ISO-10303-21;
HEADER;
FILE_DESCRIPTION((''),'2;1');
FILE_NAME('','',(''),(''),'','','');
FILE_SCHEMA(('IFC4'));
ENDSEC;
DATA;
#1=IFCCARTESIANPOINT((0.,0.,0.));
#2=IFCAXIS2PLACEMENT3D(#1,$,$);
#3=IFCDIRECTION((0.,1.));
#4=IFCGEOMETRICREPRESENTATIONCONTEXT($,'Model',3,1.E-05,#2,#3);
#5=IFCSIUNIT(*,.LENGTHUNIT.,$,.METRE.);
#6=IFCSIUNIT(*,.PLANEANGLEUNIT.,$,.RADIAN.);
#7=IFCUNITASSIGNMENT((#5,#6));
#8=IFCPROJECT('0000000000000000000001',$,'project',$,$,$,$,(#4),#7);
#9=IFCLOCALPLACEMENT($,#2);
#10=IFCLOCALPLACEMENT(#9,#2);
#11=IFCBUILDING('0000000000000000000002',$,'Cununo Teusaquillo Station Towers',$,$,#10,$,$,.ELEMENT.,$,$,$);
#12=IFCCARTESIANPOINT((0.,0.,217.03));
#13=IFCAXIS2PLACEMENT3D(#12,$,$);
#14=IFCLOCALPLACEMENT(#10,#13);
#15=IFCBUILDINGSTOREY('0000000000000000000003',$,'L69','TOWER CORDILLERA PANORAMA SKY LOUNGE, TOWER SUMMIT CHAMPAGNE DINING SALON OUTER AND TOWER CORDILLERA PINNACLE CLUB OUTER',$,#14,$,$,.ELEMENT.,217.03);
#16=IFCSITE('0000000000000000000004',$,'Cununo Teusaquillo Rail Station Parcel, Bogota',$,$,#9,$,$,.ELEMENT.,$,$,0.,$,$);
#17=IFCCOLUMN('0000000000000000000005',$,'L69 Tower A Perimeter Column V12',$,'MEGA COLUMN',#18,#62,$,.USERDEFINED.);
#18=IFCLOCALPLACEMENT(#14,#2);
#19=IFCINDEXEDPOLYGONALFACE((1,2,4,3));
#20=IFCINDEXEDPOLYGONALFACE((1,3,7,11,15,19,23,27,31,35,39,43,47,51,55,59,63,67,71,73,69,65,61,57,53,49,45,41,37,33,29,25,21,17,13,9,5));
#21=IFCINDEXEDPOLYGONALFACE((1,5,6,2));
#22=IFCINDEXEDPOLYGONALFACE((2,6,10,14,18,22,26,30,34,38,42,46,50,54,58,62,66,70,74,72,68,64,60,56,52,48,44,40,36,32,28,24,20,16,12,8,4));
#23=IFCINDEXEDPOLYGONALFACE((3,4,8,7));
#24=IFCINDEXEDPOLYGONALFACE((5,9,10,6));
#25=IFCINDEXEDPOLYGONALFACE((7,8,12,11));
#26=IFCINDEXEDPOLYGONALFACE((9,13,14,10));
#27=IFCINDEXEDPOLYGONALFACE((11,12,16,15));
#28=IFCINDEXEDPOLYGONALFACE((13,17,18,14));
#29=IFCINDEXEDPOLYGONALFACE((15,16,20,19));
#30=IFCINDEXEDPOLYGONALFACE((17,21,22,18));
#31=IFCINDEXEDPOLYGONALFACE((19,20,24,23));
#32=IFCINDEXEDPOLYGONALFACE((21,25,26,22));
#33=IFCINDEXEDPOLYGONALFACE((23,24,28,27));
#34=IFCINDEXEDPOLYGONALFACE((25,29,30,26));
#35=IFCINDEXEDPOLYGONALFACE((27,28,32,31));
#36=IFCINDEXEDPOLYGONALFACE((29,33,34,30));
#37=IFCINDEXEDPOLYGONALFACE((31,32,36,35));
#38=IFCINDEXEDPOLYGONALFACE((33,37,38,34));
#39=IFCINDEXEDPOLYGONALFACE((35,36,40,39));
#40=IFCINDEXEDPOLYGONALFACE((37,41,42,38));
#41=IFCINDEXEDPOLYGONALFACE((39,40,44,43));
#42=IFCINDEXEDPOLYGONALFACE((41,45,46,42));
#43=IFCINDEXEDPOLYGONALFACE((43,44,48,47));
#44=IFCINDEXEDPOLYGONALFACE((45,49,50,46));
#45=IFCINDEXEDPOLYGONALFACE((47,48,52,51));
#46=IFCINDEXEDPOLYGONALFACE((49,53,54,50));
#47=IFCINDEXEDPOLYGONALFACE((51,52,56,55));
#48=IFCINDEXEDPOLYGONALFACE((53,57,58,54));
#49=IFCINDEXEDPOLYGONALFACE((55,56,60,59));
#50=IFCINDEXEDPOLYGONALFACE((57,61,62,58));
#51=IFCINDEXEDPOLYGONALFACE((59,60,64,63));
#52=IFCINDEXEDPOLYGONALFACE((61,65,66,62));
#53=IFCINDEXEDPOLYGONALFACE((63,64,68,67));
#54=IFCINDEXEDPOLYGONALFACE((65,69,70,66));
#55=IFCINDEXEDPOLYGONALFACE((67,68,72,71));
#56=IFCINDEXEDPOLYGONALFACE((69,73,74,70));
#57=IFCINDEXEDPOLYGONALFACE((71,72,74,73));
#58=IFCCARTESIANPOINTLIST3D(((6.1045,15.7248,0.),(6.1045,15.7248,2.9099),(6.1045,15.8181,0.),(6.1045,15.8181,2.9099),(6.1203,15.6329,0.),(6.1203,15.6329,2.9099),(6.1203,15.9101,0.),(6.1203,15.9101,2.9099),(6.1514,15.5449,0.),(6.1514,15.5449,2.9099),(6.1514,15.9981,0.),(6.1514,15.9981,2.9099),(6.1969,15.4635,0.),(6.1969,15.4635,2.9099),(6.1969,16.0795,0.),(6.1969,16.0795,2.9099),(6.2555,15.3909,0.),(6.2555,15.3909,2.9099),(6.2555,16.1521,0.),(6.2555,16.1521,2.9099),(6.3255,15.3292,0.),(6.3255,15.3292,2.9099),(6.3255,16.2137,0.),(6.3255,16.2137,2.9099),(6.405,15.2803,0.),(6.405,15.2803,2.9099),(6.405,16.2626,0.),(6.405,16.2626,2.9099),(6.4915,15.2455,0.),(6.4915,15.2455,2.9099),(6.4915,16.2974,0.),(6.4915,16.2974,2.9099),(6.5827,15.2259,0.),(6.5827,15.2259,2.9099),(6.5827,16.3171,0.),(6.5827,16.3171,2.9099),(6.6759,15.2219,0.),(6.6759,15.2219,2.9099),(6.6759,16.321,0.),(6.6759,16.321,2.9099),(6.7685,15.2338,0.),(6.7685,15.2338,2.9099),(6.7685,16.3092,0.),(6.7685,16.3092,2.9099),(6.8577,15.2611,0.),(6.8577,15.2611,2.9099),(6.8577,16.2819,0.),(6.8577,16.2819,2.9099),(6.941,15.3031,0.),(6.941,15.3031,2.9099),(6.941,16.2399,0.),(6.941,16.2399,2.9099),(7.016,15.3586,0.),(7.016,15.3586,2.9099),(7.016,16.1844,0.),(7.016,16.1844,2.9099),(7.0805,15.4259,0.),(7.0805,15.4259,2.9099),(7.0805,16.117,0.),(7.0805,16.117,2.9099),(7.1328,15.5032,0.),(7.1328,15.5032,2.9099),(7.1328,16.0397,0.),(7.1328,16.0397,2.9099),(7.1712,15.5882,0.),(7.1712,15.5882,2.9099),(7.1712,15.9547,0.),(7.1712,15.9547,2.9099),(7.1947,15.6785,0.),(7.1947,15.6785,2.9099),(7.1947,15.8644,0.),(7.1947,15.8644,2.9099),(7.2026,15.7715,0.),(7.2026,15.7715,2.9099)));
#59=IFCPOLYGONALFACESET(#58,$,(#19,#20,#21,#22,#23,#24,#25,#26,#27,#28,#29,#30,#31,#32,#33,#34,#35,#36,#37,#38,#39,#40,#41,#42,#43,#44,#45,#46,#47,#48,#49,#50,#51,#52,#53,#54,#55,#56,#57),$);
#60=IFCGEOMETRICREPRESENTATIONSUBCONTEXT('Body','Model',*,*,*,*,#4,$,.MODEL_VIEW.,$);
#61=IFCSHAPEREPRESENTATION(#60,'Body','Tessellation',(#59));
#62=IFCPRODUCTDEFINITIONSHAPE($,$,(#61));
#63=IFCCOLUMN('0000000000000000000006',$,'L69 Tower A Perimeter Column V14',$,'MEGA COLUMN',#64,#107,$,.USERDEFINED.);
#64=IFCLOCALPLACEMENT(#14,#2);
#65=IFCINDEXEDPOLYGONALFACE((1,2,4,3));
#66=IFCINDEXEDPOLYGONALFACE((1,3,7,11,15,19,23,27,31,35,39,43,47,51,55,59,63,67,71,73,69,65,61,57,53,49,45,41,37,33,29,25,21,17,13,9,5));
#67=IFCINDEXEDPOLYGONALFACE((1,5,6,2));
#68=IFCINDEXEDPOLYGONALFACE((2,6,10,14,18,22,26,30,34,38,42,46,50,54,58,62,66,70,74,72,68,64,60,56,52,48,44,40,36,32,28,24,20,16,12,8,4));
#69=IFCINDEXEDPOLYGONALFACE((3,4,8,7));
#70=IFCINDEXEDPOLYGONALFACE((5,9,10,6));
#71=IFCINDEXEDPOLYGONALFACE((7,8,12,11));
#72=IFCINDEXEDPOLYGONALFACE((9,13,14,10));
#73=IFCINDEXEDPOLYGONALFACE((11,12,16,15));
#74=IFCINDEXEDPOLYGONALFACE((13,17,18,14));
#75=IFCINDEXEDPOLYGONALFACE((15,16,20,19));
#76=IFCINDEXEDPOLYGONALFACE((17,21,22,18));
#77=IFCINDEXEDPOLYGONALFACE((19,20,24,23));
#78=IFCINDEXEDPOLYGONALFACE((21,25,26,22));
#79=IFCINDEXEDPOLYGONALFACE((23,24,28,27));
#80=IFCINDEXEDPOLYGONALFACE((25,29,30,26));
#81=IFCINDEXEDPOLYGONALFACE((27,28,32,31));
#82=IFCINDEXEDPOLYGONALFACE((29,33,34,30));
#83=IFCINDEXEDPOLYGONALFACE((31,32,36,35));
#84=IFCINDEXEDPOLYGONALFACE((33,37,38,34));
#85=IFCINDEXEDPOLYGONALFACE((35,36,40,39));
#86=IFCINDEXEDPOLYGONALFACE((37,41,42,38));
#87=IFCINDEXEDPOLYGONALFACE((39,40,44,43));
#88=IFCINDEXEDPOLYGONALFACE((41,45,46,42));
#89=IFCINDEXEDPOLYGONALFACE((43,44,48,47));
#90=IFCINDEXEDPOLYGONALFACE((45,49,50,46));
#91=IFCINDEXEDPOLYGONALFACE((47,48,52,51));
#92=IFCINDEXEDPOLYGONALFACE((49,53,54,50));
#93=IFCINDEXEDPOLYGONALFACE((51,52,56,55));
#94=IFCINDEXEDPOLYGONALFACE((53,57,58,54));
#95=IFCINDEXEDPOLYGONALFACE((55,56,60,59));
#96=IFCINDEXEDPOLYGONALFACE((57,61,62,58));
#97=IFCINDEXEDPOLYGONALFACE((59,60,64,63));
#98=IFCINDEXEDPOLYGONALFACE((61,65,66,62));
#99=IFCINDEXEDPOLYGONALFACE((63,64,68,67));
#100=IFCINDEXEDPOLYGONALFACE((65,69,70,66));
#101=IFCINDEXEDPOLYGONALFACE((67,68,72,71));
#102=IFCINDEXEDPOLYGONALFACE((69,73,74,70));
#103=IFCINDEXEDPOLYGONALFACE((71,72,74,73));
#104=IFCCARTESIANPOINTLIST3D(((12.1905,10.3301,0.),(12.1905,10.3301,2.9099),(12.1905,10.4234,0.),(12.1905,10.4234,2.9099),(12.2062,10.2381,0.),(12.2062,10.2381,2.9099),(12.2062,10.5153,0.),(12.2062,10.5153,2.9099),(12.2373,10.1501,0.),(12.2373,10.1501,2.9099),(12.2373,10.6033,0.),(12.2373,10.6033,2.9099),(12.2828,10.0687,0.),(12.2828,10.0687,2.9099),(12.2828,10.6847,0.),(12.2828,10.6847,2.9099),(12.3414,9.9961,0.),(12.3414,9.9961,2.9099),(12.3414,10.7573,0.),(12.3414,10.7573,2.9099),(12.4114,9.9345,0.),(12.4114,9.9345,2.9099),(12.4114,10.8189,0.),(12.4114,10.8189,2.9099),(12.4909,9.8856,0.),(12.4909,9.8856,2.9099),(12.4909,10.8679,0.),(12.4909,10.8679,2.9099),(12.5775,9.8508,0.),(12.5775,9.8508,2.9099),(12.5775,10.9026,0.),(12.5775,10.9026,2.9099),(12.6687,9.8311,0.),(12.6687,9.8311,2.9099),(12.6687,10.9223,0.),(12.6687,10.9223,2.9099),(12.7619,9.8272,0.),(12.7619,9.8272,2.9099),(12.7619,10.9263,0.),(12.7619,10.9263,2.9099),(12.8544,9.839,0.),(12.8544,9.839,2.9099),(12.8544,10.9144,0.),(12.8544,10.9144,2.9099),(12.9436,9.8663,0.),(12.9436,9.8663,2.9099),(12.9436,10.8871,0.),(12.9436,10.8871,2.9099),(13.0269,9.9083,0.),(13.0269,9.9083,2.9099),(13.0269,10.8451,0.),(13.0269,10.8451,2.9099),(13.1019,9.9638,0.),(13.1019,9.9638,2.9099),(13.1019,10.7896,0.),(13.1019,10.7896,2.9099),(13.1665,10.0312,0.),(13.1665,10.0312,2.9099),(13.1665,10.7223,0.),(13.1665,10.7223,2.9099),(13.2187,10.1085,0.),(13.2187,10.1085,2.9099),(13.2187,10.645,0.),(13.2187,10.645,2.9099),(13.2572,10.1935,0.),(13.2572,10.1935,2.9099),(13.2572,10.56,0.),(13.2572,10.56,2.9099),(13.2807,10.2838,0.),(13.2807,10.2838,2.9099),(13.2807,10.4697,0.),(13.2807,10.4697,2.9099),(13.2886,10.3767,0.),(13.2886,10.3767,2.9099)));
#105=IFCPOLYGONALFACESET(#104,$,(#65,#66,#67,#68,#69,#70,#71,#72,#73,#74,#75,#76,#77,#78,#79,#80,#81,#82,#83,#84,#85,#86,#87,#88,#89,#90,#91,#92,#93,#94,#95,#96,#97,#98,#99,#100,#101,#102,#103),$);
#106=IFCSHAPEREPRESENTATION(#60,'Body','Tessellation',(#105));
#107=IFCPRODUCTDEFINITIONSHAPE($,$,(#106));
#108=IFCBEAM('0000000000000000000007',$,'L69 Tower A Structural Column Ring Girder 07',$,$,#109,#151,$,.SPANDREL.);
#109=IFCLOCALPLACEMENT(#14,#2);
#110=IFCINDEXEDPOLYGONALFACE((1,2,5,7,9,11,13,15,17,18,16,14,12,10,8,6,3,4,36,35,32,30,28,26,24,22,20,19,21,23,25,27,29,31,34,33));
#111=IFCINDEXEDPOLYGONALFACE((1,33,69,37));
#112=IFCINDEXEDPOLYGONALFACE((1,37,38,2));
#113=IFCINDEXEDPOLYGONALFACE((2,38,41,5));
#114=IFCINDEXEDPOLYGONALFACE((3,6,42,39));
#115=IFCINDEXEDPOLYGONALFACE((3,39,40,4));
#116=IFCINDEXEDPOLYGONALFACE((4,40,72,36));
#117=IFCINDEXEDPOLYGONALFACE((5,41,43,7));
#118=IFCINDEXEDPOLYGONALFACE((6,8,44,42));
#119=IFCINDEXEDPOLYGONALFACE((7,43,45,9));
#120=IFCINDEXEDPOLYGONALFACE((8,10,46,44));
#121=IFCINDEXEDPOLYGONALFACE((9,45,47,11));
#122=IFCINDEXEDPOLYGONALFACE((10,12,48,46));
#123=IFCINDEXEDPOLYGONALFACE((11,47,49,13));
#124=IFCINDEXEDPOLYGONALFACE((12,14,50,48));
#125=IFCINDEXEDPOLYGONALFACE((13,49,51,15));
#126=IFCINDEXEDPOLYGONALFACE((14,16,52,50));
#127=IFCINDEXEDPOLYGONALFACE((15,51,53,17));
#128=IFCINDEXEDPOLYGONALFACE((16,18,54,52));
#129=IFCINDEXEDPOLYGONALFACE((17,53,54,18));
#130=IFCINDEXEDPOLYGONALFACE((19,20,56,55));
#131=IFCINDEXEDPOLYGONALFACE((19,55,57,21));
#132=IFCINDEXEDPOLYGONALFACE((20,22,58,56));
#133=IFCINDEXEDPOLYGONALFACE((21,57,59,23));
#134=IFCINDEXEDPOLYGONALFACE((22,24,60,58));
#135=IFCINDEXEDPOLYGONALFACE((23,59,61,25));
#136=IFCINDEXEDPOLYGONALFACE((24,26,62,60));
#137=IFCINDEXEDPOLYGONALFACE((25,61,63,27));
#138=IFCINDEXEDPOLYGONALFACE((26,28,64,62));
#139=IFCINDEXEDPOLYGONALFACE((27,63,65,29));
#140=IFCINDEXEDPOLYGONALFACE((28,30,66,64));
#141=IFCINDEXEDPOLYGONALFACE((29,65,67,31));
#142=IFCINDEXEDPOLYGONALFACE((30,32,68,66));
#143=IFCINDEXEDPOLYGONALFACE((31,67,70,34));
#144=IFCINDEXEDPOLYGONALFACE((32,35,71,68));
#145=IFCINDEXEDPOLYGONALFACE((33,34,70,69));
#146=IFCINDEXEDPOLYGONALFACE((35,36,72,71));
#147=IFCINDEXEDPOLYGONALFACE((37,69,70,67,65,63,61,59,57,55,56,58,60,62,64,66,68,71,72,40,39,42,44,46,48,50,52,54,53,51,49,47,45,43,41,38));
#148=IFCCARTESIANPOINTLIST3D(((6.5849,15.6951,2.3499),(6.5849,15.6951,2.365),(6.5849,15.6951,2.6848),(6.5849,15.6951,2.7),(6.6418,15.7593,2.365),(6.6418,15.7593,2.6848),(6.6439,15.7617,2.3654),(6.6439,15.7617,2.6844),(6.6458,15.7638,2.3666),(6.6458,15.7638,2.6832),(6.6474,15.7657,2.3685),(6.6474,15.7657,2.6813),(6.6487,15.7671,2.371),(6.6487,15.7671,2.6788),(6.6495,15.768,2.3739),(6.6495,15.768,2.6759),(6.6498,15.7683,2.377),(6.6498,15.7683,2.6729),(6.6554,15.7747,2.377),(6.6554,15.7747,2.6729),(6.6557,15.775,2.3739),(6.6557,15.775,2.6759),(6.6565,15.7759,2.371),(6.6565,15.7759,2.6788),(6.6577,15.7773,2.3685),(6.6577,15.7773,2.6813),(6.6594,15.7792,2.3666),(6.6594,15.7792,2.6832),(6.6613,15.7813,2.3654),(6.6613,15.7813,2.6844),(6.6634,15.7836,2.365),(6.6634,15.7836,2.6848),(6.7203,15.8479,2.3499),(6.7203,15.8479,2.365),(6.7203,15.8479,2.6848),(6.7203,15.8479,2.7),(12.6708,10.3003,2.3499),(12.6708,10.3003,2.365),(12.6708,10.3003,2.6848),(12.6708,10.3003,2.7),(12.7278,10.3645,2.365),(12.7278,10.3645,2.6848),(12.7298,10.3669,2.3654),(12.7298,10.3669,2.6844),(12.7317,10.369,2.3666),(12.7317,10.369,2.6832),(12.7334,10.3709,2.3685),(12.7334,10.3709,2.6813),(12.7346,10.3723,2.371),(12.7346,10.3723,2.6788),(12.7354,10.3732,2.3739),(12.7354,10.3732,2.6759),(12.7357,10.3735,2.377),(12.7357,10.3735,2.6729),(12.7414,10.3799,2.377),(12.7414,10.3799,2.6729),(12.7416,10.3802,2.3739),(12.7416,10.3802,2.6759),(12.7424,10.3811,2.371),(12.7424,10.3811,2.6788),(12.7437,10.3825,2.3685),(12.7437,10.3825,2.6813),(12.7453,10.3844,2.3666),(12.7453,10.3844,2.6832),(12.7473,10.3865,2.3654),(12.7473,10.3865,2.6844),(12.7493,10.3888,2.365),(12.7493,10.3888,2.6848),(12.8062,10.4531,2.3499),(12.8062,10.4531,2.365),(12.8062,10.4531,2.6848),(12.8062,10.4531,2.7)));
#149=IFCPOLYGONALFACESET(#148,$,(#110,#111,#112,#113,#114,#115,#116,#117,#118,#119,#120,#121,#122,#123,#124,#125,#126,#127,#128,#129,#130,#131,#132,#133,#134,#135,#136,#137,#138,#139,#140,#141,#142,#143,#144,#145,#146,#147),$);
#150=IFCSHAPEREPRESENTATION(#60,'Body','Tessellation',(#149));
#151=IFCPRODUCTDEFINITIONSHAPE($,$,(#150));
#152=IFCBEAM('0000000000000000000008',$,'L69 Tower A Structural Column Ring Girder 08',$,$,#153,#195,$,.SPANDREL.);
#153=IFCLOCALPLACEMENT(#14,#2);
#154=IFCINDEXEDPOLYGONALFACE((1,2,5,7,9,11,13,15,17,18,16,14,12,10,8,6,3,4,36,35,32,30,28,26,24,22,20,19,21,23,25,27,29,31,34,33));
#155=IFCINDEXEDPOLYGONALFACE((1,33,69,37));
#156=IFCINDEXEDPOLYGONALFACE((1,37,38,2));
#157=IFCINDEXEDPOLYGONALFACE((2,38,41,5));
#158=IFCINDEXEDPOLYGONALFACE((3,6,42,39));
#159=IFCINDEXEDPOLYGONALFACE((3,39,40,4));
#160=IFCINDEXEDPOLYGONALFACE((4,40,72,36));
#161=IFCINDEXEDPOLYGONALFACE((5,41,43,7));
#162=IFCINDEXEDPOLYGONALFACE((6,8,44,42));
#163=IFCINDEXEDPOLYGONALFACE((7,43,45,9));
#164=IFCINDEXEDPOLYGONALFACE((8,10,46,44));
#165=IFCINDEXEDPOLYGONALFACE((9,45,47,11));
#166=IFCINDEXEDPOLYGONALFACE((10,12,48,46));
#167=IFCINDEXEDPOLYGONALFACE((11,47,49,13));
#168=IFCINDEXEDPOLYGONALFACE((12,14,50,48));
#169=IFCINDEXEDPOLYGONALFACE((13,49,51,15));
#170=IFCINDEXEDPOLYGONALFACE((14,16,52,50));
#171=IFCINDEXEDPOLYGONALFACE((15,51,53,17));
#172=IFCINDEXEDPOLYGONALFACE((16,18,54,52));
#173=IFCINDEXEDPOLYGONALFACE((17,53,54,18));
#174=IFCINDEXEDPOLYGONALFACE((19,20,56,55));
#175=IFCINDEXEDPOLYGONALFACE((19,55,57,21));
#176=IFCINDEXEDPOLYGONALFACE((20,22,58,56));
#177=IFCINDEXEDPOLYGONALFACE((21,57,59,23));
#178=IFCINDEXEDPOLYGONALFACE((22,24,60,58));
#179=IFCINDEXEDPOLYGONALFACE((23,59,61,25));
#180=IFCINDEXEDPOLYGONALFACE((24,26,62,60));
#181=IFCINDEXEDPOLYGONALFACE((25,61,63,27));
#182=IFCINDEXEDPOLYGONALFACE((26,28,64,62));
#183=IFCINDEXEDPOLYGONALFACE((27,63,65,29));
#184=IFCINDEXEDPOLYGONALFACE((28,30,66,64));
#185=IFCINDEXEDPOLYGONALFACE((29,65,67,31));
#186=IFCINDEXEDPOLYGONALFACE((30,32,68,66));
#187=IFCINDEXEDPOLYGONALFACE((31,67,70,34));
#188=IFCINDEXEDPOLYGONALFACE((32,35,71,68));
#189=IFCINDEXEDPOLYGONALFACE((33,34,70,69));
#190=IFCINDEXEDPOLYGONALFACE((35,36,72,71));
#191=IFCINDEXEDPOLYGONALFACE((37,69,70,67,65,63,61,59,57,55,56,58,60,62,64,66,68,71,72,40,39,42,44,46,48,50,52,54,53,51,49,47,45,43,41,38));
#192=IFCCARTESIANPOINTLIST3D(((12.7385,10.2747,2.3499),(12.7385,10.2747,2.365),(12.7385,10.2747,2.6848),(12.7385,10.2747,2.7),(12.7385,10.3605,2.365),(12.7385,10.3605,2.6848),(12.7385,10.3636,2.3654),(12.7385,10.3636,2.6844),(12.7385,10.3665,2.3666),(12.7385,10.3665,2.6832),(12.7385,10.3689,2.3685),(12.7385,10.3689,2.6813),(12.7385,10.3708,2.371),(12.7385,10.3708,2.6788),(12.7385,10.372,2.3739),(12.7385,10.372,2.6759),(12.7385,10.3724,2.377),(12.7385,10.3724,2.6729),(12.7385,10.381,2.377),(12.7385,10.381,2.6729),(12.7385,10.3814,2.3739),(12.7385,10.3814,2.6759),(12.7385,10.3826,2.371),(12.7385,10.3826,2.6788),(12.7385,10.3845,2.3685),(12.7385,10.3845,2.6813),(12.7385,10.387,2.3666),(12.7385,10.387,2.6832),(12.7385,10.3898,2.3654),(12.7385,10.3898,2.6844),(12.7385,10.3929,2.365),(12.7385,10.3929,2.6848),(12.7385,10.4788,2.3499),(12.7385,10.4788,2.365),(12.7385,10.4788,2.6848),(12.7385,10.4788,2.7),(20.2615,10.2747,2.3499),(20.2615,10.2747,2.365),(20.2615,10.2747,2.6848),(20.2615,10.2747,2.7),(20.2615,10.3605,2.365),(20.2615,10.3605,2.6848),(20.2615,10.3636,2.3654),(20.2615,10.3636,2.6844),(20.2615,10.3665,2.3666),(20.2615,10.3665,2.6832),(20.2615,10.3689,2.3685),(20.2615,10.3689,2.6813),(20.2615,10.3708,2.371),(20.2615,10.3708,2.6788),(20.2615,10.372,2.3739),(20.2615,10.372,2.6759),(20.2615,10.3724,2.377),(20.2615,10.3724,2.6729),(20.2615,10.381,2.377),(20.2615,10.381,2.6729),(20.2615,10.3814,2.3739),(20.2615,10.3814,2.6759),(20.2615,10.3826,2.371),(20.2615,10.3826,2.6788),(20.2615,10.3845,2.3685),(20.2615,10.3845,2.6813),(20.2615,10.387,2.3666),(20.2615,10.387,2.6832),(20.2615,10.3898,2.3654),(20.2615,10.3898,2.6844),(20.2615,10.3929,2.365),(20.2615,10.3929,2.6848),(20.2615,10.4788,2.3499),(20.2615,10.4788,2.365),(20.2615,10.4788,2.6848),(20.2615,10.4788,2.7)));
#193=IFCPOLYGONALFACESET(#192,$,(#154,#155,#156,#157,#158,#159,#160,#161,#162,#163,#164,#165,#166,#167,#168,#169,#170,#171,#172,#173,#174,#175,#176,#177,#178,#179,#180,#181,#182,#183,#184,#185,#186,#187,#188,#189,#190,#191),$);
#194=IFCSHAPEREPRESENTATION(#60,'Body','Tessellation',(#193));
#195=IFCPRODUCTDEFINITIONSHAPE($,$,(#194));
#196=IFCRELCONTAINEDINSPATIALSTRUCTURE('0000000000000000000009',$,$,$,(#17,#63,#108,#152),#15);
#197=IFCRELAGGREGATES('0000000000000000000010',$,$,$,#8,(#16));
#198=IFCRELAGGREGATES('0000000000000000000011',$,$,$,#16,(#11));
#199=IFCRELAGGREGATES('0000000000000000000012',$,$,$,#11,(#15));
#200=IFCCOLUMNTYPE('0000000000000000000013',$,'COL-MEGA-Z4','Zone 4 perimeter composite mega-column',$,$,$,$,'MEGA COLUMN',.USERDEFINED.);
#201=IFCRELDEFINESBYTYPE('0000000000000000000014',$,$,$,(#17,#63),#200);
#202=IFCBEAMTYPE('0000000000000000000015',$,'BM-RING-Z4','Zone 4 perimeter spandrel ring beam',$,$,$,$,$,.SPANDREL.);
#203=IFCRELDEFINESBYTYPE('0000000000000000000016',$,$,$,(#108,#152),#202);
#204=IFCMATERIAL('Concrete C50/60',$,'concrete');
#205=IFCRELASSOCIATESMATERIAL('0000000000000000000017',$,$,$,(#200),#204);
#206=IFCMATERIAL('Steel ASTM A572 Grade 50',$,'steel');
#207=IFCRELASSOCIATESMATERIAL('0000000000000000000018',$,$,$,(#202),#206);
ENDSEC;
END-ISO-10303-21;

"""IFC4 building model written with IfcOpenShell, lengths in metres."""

from ifc_helpers import new_model, si_unit, direction, frame, origin, origin_2d, place, context, subcontext, project, spatial, circle, i_section, extrude, material, material_profile, profile_set, type_object, element, save


model = new_model("IFC4")

# Units and contexts
model_context = context("Model", 3, precision=1e-05, world=origin(), true_north=direction((0.0, 1.0)))
body_context = subcontext(model_context, "Body", "Model", "MODEL_VIEW")
ifc_project = project(units=[si_unit("LENGTHUNIT", "METRE"), si_unit("PLANEANGLEUNIT", "RADIAN")], contexts=[model_context])

# Site, building, storey
site_placement = place(None, origin())
site = spatial("IfcSite", under=ifc_project, at=site_placement, Name="Cununo Teusaquillo Rail Station Parcel, Bogota", CompositionType="ELEMENT", RefElevation=0.0)
building_placement = place(site_placement, origin())
building = spatial("IfcBuilding", under=site, at=building_placement, Name="Cununo Teusaquillo Station Towers", CompositionType="ELEMENT")
storey_placement = place(building_placement, frame((0.0, 0.0, 217.03)))
storey = spatial("IfcBuildingStorey", under=building, at=storey_placement, Name="L69", Description="TOWER CORDILLERA PANORAMA SKY LOUNGE, TOWER SUMMIT CHAMPAGNE DINING SALON OUTER AND TOWER CORDILLERA PINNACLE CLUB OUTER", CompositionType="ELEMENT", Elevation=217.03)

# Columns
ifc_material_1 = material(Name="Concrete C50/60", Category="concrete")
ifc_material_profile_1 = material_profile(ifc_material_1, circle(Radius=0.55, at=origin_2d()), Name="RC-CIRC-1100")
ifc_profile_set_1 = profile_set([ifc_material_profile_1], Name="Concrete C50/60")
column_type = type_object("IfcColumnType", Name="COL-MEGA-Z4", Description="Zone 4 perimeter composite mega-column", ElementType="MEGA COLUMN", PredefinedType="USERDEFINED", material=ifc_profile_set_1)
for number, where, z_axis, x_axis, name in (
    (1, (6.6526, 15.7715, 0.0), (0.0, 0.0, 1.0), (1.0, 0.0, 0.0), "L69 Tower A Perimeter Column V12"),
    (2, (12.7385, 10.3767, 0.0), (0.0, 0.0, 1.0), (1.0, 0.0, 0.0), "L69 Tower A Perimeter Column V14"),
):
    element("IfcColumn", number, at=place(storey_placement, frame(where, z_axis=z_axis, x_axis=x_axis)), inside=storey, type_object=column_type, Name=name, ObjectType="MEGA COLUMN", PredefinedType="USERDEFINED", context=body_context, shape_type="SweptSolid", body=[
        extrude(circle(Radius=0.55, at=origin_2d()), origin(), (0.0, 0.0, 1.0), 2.9099),
    ])

# Beams
ifc_material_2 = material(Name="Steel ASTM A572 Grade 50", Category="steel")
ifc_material_profile_2 = material_profile(ifc_material_2, i_section(OverallWidth=0.2041, OverallDepth=0.3501, WebThickness=0.0085, FlangeThickness=0.0151, FilletRadius=0.012, at=origin_2d()), Name="W14X48")
ifc_profile_set_2 = profile_set([ifc_material_profile_2], Name="Steel ASTM A572 Grade 50")
beam_type = type_object("IfcBeamType", Name="BM-RING-Z4", Description="Zone 4 perimeter spandrel ring beam", PredefinedType="SPANDREL", material=ifc_profile_set_2)
beam_1_placement = place(storey_placement, frame((6.6526, 15.7715, 2.5249), z_axis=(0.748321, -0.663337, 0.0), x_axis=(0.663337, 0.748321, 0.0)))
element("IfcBeam", 3, at=beam_1_placement, inside=storey, type_object=beam_type, Name="L69 Tower A Structural Column Ring Girder 07", PredefinedType="SPANDREL", context=body_context, shape_type="SweptSolid", body=[
    extrude(i_section(OverallWidth=0.2041, OverallDepth=0.3501, WebThickness=0.0085, FlangeThickness=0.0151, FilletRadius=0.012, at=origin_2d()), origin(), (0.0, 0.0, 1.0), 8.1328),
])
beam_2_placement = place(storey_placement, frame((12.7385, 10.3767, 2.5249), z_axis=(1.0, 0.0, 0.0), x_axis=(0.0, 1.0, 0.0)))
element("IfcBeam", 4, at=beam_2_placement, inside=storey, type_object=beam_type, Name="L69 Tower A Structural Column Ring Girder 08", PredefinedType="SPANDREL", context=body_context, shape_type="SweptSolid", body=[
    extrude(i_section(OverallWidth=0.2041, OverallDepth=0.3501, WebThickness=0.0085, FlangeThickness=0.0151, FilletRadius=0.012, at=origin_2d()), origin(), (0.0, 0.0, 1.0), 7.5229),
])

save(model, "model.ifc")
